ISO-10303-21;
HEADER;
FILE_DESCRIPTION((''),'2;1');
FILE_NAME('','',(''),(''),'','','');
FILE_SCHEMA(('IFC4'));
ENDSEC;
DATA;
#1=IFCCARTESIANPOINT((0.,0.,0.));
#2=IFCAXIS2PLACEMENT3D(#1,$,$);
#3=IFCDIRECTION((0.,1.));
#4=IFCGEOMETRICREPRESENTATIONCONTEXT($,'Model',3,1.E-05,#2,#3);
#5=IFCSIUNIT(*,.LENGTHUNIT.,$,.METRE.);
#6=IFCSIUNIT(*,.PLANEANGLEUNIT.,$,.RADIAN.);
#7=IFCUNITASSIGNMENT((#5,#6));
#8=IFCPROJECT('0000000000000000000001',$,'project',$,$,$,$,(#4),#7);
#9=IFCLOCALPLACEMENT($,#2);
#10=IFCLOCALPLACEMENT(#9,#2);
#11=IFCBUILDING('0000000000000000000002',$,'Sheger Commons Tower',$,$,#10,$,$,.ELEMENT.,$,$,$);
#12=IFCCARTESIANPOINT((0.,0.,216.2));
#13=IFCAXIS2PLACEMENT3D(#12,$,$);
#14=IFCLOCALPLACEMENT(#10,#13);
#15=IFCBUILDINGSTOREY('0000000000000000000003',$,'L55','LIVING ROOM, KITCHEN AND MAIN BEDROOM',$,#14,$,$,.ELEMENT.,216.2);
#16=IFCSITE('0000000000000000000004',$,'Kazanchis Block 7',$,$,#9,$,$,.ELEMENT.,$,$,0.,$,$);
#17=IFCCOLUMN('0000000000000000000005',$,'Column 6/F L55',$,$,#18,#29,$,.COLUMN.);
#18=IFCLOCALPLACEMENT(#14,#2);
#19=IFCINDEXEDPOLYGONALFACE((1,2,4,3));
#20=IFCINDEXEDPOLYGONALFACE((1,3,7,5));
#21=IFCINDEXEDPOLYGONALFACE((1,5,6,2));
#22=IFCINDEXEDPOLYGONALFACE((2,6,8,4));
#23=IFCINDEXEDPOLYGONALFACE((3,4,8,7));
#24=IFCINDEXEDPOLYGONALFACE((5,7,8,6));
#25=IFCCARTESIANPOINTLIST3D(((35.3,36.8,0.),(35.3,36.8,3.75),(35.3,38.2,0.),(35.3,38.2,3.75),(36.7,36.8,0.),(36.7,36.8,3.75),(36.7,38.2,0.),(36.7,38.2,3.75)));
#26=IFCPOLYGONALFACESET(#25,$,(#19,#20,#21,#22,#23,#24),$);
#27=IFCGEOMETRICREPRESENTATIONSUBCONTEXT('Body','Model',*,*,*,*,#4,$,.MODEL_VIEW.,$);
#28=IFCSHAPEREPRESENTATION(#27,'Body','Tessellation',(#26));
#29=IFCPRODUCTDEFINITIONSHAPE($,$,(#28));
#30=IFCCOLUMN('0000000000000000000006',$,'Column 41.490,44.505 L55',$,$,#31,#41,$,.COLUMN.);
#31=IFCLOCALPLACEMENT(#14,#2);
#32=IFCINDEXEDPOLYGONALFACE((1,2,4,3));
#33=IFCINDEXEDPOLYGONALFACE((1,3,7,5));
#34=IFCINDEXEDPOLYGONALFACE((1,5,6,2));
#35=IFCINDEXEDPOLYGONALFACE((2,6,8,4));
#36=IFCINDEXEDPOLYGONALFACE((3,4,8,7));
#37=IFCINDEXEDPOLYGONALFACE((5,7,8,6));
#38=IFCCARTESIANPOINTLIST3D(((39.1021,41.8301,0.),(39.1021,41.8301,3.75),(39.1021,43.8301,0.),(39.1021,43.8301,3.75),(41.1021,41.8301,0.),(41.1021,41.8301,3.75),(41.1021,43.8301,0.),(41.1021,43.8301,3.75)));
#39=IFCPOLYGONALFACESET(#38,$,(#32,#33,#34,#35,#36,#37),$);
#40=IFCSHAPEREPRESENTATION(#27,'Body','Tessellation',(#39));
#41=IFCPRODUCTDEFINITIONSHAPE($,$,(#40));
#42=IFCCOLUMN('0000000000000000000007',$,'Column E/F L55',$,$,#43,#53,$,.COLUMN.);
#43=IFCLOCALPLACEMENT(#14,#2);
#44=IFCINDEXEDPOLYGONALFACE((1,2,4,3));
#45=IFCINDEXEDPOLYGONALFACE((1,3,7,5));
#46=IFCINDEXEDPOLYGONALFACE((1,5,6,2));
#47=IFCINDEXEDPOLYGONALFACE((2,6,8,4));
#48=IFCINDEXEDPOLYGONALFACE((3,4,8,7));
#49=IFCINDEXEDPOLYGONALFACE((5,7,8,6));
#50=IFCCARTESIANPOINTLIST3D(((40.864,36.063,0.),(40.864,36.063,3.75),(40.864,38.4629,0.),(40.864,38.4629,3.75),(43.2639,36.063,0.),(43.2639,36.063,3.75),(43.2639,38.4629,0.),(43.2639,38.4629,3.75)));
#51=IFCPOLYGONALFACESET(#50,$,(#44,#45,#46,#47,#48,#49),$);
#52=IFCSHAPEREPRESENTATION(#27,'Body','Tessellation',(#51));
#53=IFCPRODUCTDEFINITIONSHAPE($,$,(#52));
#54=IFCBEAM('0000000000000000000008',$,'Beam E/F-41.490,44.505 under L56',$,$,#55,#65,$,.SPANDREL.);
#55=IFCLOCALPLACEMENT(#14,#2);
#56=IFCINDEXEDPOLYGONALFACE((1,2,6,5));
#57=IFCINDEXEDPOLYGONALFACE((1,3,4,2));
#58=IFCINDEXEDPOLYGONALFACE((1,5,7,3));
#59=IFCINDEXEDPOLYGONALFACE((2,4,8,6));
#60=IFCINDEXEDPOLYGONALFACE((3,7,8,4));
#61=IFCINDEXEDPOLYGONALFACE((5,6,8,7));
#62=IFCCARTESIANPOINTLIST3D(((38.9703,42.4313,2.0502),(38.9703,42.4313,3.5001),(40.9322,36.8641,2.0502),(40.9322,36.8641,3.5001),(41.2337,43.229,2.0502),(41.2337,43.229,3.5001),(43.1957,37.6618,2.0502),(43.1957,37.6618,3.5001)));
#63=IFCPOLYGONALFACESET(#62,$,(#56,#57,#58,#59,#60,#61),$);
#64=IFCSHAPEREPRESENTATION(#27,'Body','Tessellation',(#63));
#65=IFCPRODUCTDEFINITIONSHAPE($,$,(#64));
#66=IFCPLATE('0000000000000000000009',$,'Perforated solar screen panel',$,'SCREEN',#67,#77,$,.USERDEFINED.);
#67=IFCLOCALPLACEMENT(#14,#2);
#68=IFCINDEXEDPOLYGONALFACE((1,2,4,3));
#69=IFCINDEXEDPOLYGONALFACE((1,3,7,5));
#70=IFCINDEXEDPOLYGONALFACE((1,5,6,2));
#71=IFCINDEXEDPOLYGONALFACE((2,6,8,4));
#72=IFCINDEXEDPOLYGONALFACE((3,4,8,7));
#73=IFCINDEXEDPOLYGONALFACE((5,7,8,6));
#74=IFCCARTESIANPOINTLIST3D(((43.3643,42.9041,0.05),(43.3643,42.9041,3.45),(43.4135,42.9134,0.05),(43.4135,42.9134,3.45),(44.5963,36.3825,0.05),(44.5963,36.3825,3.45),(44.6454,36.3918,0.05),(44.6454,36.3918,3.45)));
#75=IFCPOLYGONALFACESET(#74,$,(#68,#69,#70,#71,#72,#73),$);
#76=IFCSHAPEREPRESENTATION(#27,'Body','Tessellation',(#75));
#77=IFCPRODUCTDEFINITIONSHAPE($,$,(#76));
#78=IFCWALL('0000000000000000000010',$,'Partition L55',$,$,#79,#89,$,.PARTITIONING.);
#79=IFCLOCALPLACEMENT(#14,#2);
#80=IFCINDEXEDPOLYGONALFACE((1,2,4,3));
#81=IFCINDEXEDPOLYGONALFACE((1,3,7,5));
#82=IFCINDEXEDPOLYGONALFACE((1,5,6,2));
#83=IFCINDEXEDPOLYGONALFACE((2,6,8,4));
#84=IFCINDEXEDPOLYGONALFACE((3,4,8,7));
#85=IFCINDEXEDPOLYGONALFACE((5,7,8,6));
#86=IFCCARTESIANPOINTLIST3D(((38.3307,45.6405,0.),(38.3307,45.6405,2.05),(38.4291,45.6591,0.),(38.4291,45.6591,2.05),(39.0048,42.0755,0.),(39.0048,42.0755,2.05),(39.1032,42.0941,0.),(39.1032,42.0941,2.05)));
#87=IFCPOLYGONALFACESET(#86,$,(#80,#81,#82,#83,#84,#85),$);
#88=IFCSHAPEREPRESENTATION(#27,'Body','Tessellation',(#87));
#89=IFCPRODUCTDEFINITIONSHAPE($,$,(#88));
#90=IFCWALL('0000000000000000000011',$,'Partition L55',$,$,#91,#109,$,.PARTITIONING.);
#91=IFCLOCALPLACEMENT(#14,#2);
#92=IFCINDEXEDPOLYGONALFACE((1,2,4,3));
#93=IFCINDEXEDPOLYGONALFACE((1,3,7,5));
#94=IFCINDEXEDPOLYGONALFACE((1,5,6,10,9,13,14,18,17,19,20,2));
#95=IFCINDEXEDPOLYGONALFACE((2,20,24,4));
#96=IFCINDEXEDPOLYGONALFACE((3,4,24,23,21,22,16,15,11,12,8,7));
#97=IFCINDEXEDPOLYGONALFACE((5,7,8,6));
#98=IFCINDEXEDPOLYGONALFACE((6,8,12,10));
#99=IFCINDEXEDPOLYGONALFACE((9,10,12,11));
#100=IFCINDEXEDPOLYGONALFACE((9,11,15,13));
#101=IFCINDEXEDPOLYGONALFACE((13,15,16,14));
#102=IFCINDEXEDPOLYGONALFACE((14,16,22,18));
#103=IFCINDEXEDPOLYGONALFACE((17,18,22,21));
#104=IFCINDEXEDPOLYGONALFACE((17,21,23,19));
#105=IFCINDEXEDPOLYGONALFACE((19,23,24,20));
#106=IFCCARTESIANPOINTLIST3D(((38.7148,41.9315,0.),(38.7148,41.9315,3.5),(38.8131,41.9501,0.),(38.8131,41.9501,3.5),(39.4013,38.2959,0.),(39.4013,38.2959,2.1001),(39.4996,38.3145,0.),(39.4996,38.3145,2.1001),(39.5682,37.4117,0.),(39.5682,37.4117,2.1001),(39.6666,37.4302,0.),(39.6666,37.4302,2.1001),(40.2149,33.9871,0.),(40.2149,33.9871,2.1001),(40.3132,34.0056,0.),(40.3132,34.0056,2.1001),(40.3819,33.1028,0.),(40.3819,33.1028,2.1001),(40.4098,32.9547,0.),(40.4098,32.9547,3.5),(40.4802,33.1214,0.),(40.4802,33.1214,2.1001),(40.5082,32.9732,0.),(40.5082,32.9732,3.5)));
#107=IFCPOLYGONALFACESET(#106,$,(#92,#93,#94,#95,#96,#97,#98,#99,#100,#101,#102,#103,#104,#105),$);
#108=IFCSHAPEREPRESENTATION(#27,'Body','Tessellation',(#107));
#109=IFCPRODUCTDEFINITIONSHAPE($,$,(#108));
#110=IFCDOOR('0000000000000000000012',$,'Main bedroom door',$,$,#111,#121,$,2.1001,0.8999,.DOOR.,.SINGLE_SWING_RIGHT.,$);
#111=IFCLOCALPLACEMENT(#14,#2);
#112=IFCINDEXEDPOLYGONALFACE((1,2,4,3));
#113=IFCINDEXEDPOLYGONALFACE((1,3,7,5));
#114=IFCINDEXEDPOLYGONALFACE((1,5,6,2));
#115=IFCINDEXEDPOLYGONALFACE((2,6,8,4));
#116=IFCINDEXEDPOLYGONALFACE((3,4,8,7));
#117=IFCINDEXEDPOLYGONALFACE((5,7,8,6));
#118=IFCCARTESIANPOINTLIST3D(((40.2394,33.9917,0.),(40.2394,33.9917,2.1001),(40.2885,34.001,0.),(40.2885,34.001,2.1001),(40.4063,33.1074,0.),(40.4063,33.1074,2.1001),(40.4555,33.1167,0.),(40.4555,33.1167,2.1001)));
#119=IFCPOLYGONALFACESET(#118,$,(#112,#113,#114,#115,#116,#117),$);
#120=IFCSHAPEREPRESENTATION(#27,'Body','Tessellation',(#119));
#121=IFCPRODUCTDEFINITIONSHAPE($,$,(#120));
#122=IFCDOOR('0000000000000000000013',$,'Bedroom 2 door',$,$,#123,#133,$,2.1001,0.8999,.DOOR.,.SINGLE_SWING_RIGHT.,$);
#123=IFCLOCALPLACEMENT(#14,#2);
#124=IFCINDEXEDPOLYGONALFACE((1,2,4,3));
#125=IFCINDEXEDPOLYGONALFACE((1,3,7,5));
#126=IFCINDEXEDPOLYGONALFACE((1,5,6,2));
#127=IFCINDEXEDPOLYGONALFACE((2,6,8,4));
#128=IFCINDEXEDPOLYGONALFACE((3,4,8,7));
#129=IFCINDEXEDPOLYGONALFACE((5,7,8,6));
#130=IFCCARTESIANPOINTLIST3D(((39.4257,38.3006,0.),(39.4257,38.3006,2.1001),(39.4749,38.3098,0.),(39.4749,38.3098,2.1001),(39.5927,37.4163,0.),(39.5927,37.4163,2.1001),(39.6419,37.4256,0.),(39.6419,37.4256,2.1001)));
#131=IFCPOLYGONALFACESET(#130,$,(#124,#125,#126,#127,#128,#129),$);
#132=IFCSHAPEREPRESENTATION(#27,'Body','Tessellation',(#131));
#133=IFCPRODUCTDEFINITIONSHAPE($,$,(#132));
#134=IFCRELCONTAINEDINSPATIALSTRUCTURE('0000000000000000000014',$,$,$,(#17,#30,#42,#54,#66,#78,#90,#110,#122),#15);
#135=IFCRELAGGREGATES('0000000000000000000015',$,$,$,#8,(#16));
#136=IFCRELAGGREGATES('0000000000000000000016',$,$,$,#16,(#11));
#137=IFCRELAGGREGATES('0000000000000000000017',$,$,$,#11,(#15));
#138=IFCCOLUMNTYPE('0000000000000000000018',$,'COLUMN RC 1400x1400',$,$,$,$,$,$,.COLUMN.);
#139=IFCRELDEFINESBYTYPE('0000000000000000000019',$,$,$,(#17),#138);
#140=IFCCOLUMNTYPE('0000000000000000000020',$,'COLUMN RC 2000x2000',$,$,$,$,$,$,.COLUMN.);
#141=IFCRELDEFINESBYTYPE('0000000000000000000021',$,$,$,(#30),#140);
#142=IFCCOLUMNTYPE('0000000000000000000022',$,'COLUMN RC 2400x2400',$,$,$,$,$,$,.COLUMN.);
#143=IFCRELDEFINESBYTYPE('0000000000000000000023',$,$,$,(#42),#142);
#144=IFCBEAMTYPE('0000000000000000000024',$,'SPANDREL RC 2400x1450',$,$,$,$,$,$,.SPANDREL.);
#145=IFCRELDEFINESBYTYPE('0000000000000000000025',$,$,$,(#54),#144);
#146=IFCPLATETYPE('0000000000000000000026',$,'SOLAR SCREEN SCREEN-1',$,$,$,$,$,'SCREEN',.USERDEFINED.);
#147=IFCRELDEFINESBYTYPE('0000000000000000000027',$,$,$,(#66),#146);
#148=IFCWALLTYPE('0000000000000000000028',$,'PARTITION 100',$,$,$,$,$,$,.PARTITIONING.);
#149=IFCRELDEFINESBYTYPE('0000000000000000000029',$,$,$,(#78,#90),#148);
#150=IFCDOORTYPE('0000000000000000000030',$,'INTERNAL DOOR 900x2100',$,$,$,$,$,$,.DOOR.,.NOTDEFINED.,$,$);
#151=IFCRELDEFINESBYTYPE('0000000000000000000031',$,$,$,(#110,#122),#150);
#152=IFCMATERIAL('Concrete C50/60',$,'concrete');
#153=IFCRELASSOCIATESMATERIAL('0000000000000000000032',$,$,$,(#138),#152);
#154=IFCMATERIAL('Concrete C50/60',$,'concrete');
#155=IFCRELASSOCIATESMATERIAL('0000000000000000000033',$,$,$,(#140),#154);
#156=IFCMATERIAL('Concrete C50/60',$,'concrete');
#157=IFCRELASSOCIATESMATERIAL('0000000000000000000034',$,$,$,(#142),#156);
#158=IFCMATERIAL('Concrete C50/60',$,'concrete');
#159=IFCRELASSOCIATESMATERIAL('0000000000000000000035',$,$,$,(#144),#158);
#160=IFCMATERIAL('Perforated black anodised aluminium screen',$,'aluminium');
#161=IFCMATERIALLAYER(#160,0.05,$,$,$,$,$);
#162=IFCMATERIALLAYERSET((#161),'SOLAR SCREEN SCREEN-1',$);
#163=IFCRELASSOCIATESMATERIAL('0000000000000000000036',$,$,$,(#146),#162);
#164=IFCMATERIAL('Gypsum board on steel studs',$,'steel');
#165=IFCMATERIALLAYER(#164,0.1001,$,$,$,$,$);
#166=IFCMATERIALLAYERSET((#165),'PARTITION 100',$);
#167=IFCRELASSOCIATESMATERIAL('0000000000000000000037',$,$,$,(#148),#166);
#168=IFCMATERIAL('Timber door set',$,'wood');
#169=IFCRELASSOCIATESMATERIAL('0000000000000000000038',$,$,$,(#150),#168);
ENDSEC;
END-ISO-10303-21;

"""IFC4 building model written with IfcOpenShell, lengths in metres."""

from ifc_helpers import new_model, si_unit, direction, frame, frame_2d, origin, origin_2d, place, context, subcontext, project, spatial, rectangle, extrude, material, layer, layer_set, material_profile, profile_set, type_object, element, fill, save


model = new_model("IFC4")

# Units and contexts
model_context = context("Model", 3, precision=1e-05, world=origin(), true_north=direction((0.0, 1.0)))
body_context = subcontext(model_context, "Body", "Model", "MODEL_VIEW")
ifc_project = project(units=[si_unit("LENGTHUNIT", "METRE"), si_unit("PLANEANGLEUNIT", "RADIAN")], contexts=[model_context])

# Site, building, storey
site_placement = place(None, origin())
site = spatial("IfcSite", under=ifc_project, at=site_placement, Name="Kazanchis Block 7", CompositionType="ELEMENT", RefElevation=0.0)
building_placement = place(site_placement, origin())
building = spatial("IfcBuilding", under=site, at=building_placement, Name="Sheger Commons Tower", CompositionType="ELEMENT")
storey_placement = place(building_placement, frame((0.0, 0.0, 216.2)))
storey = spatial("IfcBuildingStorey", under=building, at=storey_placement, Name="L55", Description="LIVING ROOM, KITCHEN AND MAIN BEDROOM", CompositionType="ELEMENT", Elevation=216.2)

# Columns
ifc_material_1 = material(Name="Concrete C50/60", Category="concrete")
ifc_material_profile_1 = material_profile(ifc_material_1, rectangle(XDim=1.3999, YDim=1.3999, at=origin_2d()), Name="RC 1400x1400")
ifc_profile_set_1 = profile_set([ifc_material_profile_1], Name="Concrete C50/60")
column_type_1 = type_object("IfcColumnType", Name="COLUMN RC 1400x1400", PredefinedType="COLUMN", material=ifc_profile_set_1)
column_1_placement = place(storey_placement, frame((36.0, 37.5, 0.0), z_axis=(0.0, 0.0, 1.0), x_axis=(1.0, 0.0, 0.0)))
element("IfcColumn", 1, at=column_1_placement, inside=storey, type_object=column_type_1, Name="Column 6/F L55", PredefinedType="COLUMN", context=body_context, shape_type="SweptSolid", body=[
    extrude(rectangle(XDim=1.3999, YDim=1.3999, at=origin_2d()), origin(), (0.0, 0.0, 1.0), 3.75),
])
ifc_material_2 = material(Name="Concrete C50/60", Category="concrete")
ifc_material_profile_2 = material_profile(ifc_material_2, rectangle(XDim=2.0, YDim=2.0, at=origin_2d()), Name="RC 2000x2000")
ifc_profile_set_2 = profile_set([ifc_material_profile_2], Name="Concrete C50/60")
column_type_2 = type_object("IfcColumnType", Name="COLUMN RC 2000x2000", PredefinedType="COLUMN", material=ifc_profile_set_2)
column_2_placement = place(storey_placement, frame((40.1021, 42.8301, 0.0), z_axis=(0.0, 0.0, 1.0), x_axis=(1.0, 0.0, 0.0)))
element("IfcColumn", 2, at=column_2_placement, inside=storey, type_object=column_type_2, Name="Column 41.490,44.505 L55", PredefinedType="COLUMN", context=body_context, shape_type="SweptSolid", body=[
    extrude(rectangle(XDim=2.0, YDim=2.0, at=origin_2d()), origin(), (0.0, 0.0, 1.0), 3.75),
])
ifc_material_3 = material(Name="Concrete C50/60", Category="concrete")
ifc_material_profile_3 = material_profile(ifc_material_3, rectangle(XDim=2.3999, YDim=2.3999, at=origin_2d()), Name="RC 2400x2400")
ifc_profile_set_3 = profile_set([ifc_material_profile_3], Name="Concrete C50/60")
column_type_3 = type_object("IfcColumnType", Name="COLUMN RC 2400x2400", PredefinedType="COLUMN", material=ifc_profile_set_3)
column_3_placement = place(storey_placement, frame((42.064, 37.2629, 0.0), z_axis=(0.0, 0.0, 1.0), x_axis=(1.0, 0.0, 0.0)))
element("IfcColumn", 3, at=column_3_placement, inside=storey, type_object=column_type_3, Name="Column E/F L55", PredefinedType="COLUMN", context=body_context, shape_type="SweptSolid", body=[
    extrude(rectangle(XDim=2.3999, YDim=2.3999, at=origin_2d()), origin(), (0.0, 0.0, 1.0), 3.75),
])

# Beam
ifc_material_4 = material(Name="Concrete C50/60", Category="concrete")
ifc_material_profile_4 = material_profile(ifc_material_4, rectangle(XDim=2.3999, YDim=1.45, at=origin_2d()), Name="RC 2400x1450")
ifc_profile_set_4 = profile_set([ifc_material_profile_4], Name="Concrete C50/60")
beam_type = type_object("IfcBeamType", Name="SPANDREL RC 2400x1450", PredefinedType="SPANDREL", material=ifc_profile_set_4)
beam_placement = place(storey_placement, frame((42.064, 37.2629, 2.7751), z_axis=(-0.332374, 0.943148, 0.0), x_axis=(-0.943148, -0.332374, 0.0)))
element("IfcBeam", 4, at=beam_placement, inside=storey, type_object=beam_type, Name="Beam E/F-41.490,44.505 under L56", PredefinedType="SPANDREL", context=body_context, shape_type="SweptSolid", body=[
    extrude(rectangle(XDim=2.3999, YDim=1.45, at=origin_2d()), origin(), (0.0, 0.0, 1.0), 5.9028),
])

# Plate
ifc_material_5 = material(Name="Perforated black anodised aluminium screen", Category="aluminium")
ifc_layer_1 = layer(ifc_material_5, 0.05)
ifc_layer_set_1 = layer_set([ifc_layer_1], Name="SOLAR SCREEN SCREEN-1")
plate_type = type_object("IfcPlateType", Name="SOLAR SCREEN SCREEN-1", ElementType="SCREEN", PredefinedType="USERDEFINED", material=ifc_layer_set_1)
plate_placement = place(storey_placement, frame((44.0049, 39.6479, 0.05), z_axis=(0.0, 0.0, 1.0), x_axis=(-0.185615, 0.982623, 0.0)))
element("IfcPlate", 5, at=plate_placement, inside=storey, type_object=plate_type, Name="Perforated solar screen panel", ObjectType="SCREEN", PredefinedType="USERDEFINED", context=body_context, shape_type="SweptSolid", body=[
    extrude(rectangle(XDim=6.637, YDim=0.05, at=origin_2d()), origin(), (0.0, 0.0, 1.0), 3.3999),
])

# Wall
ifc_material_6 = material(Name="Gypsum board on steel studs", Category="steel")
ifc_layer_2 = layer(ifc_material_6, 0.1001)
ifc_layer_set_2 = layer_set([ifc_layer_2], Name="PARTITION 100")
wall_type = type_object("IfcWallType", Name="PARTITION 100", PredefinedType="PARTITIONING", material=ifc_layer_set_2)
wall_1_placement = place(storey_placement, frame((39.054, 42.085, 0.0), z_axis=(0.0, 0.0, 1.0), x_axis=(-0.185792, 0.982589, 0.0)))
element("IfcWall", 6, at=wall_1_placement, inside=storey, type_object=wall_type, Name="Partition L55", PredefinedType="PARTITIONING", context=body_context, shape_type="SweptSolid", body=[
    extrude(rectangle(XDim=3.6282, YDim=0.1001, at=frame_2d((1.814, 0.0))), origin(), (0.0, 0.0, 1.0), 2.05),
])

# Wall, openings, doors
wall_2_placement = place(storey_placement, frame((38.7639, 41.9409, 0.0), z_axis=(0.0, 0.0, 1.0), x_axis=(0.185549, -0.982635, 0.0)))
wall_2 = element("IfcWall", 7, at=wall_2_placement, inside=storey, type_object=wall_type, Name="Partition L55", PredefinedType="PARTITIONING", context=body_context, shape_type="SweptSolid", body=[
    extrude(rectangle(XDim=9.1355, YDim=0.1001, at=frame_2d((4.5679, 0.0))), origin(), (0.0, 0.0, 1.0), 3.5),
])
opening_1_placement = place(wall_2_placement, frame((8.085, 0.0, 0.0)))
opening_1 = element("IfcOpeningElement", 8, at=opening_1_placement, cuts=wall_2, PredefinedType="OPENING", context=body_context, shape_type="SweptSolid", body=[
    extrude(rectangle(XDim=0.8999, YDim=2.1001, at=frame_2d((0.45, 1.05))), frame((0.0, 0.0601, 0.0), z_axis=(0.0, -1.0, 0.0), x_axis=(1.0, 0.0, 0.0)), (0.0, 0.0, 1.0), 0.1201),
])
opening_2_placement = place(wall_2_placement, frame((3.7, 0.0, 0.0)))
opening_2 = element("IfcOpeningElement", 9, at=opening_2_placement, cuts=wall_2, PredefinedType="OPENING", context=body_context, shape_type="SweptSolid", body=[
    extrude(rectangle(XDim=0.8999, YDim=2.1001, at=frame_2d((0.45, 1.05))), frame((0.0, 0.0601, 0.0), z_axis=(0.0, -1.0, 0.0), x_axis=(1.0, 0.0, 0.0)), (0.0, 0.0, 1.0), 0.1201),
])
ifc_material_7 = material(Name="Timber door set", Category="wood")
door_type = type_object("IfcDoorType", Name="INTERNAL DOOR 900x2100", OperationType="NOTDEFINED", PredefinedType="DOOR", material=ifc_material_7)
door_1_placement = place(opening_1_placement, origin())
door_1 = element("IfcDoor", 10, at=door_1_placement, inside=storey, type_object=door_type, Name="Main bedroom door", OperationType="SINGLE_SWING_RIGHT", OverallHeight=2.1001, OverallWidth=0.8999, PredefinedType="DOOR", context=body_context, shape_type="SweptSolid", body=[
    extrude(rectangle(XDim=0.8999, YDim=2.1001, at=frame_2d((0.45, 1.05))), frame((0.0, 0.0249, 0.0), z_axis=(0.0, -1.0, 0.0), x_axis=(1.0, 0.0, 0.0)), (0.0, 0.0, 1.0), 0.05),
])
fill(opening_1, door_1)
door_2_placement = place(opening_2_placement, origin())
door_2 = element("IfcDoor", 11, at=door_2_placement, inside=storey, type_object=door_type, Name="Bedroom 2 door", OperationType="SINGLE_SWING_RIGHT", OverallHeight=2.1001, OverallWidth=0.8999, PredefinedType="DOOR", context=body_context, shape_type="SweptSolid", body=[
    extrude(rectangle(XDim=0.8999, YDim=2.1001, at=frame_2d((0.45, 1.05))), frame((0.0, 0.0249, 0.0), z_axis=(0.0, -1.0, 0.0), x_axis=(1.0, 0.0, 0.0)), (0.0, 0.0, 1.0), 0.05),
])
fill(opening_2, door_2)

save(model, "model.ifc")
